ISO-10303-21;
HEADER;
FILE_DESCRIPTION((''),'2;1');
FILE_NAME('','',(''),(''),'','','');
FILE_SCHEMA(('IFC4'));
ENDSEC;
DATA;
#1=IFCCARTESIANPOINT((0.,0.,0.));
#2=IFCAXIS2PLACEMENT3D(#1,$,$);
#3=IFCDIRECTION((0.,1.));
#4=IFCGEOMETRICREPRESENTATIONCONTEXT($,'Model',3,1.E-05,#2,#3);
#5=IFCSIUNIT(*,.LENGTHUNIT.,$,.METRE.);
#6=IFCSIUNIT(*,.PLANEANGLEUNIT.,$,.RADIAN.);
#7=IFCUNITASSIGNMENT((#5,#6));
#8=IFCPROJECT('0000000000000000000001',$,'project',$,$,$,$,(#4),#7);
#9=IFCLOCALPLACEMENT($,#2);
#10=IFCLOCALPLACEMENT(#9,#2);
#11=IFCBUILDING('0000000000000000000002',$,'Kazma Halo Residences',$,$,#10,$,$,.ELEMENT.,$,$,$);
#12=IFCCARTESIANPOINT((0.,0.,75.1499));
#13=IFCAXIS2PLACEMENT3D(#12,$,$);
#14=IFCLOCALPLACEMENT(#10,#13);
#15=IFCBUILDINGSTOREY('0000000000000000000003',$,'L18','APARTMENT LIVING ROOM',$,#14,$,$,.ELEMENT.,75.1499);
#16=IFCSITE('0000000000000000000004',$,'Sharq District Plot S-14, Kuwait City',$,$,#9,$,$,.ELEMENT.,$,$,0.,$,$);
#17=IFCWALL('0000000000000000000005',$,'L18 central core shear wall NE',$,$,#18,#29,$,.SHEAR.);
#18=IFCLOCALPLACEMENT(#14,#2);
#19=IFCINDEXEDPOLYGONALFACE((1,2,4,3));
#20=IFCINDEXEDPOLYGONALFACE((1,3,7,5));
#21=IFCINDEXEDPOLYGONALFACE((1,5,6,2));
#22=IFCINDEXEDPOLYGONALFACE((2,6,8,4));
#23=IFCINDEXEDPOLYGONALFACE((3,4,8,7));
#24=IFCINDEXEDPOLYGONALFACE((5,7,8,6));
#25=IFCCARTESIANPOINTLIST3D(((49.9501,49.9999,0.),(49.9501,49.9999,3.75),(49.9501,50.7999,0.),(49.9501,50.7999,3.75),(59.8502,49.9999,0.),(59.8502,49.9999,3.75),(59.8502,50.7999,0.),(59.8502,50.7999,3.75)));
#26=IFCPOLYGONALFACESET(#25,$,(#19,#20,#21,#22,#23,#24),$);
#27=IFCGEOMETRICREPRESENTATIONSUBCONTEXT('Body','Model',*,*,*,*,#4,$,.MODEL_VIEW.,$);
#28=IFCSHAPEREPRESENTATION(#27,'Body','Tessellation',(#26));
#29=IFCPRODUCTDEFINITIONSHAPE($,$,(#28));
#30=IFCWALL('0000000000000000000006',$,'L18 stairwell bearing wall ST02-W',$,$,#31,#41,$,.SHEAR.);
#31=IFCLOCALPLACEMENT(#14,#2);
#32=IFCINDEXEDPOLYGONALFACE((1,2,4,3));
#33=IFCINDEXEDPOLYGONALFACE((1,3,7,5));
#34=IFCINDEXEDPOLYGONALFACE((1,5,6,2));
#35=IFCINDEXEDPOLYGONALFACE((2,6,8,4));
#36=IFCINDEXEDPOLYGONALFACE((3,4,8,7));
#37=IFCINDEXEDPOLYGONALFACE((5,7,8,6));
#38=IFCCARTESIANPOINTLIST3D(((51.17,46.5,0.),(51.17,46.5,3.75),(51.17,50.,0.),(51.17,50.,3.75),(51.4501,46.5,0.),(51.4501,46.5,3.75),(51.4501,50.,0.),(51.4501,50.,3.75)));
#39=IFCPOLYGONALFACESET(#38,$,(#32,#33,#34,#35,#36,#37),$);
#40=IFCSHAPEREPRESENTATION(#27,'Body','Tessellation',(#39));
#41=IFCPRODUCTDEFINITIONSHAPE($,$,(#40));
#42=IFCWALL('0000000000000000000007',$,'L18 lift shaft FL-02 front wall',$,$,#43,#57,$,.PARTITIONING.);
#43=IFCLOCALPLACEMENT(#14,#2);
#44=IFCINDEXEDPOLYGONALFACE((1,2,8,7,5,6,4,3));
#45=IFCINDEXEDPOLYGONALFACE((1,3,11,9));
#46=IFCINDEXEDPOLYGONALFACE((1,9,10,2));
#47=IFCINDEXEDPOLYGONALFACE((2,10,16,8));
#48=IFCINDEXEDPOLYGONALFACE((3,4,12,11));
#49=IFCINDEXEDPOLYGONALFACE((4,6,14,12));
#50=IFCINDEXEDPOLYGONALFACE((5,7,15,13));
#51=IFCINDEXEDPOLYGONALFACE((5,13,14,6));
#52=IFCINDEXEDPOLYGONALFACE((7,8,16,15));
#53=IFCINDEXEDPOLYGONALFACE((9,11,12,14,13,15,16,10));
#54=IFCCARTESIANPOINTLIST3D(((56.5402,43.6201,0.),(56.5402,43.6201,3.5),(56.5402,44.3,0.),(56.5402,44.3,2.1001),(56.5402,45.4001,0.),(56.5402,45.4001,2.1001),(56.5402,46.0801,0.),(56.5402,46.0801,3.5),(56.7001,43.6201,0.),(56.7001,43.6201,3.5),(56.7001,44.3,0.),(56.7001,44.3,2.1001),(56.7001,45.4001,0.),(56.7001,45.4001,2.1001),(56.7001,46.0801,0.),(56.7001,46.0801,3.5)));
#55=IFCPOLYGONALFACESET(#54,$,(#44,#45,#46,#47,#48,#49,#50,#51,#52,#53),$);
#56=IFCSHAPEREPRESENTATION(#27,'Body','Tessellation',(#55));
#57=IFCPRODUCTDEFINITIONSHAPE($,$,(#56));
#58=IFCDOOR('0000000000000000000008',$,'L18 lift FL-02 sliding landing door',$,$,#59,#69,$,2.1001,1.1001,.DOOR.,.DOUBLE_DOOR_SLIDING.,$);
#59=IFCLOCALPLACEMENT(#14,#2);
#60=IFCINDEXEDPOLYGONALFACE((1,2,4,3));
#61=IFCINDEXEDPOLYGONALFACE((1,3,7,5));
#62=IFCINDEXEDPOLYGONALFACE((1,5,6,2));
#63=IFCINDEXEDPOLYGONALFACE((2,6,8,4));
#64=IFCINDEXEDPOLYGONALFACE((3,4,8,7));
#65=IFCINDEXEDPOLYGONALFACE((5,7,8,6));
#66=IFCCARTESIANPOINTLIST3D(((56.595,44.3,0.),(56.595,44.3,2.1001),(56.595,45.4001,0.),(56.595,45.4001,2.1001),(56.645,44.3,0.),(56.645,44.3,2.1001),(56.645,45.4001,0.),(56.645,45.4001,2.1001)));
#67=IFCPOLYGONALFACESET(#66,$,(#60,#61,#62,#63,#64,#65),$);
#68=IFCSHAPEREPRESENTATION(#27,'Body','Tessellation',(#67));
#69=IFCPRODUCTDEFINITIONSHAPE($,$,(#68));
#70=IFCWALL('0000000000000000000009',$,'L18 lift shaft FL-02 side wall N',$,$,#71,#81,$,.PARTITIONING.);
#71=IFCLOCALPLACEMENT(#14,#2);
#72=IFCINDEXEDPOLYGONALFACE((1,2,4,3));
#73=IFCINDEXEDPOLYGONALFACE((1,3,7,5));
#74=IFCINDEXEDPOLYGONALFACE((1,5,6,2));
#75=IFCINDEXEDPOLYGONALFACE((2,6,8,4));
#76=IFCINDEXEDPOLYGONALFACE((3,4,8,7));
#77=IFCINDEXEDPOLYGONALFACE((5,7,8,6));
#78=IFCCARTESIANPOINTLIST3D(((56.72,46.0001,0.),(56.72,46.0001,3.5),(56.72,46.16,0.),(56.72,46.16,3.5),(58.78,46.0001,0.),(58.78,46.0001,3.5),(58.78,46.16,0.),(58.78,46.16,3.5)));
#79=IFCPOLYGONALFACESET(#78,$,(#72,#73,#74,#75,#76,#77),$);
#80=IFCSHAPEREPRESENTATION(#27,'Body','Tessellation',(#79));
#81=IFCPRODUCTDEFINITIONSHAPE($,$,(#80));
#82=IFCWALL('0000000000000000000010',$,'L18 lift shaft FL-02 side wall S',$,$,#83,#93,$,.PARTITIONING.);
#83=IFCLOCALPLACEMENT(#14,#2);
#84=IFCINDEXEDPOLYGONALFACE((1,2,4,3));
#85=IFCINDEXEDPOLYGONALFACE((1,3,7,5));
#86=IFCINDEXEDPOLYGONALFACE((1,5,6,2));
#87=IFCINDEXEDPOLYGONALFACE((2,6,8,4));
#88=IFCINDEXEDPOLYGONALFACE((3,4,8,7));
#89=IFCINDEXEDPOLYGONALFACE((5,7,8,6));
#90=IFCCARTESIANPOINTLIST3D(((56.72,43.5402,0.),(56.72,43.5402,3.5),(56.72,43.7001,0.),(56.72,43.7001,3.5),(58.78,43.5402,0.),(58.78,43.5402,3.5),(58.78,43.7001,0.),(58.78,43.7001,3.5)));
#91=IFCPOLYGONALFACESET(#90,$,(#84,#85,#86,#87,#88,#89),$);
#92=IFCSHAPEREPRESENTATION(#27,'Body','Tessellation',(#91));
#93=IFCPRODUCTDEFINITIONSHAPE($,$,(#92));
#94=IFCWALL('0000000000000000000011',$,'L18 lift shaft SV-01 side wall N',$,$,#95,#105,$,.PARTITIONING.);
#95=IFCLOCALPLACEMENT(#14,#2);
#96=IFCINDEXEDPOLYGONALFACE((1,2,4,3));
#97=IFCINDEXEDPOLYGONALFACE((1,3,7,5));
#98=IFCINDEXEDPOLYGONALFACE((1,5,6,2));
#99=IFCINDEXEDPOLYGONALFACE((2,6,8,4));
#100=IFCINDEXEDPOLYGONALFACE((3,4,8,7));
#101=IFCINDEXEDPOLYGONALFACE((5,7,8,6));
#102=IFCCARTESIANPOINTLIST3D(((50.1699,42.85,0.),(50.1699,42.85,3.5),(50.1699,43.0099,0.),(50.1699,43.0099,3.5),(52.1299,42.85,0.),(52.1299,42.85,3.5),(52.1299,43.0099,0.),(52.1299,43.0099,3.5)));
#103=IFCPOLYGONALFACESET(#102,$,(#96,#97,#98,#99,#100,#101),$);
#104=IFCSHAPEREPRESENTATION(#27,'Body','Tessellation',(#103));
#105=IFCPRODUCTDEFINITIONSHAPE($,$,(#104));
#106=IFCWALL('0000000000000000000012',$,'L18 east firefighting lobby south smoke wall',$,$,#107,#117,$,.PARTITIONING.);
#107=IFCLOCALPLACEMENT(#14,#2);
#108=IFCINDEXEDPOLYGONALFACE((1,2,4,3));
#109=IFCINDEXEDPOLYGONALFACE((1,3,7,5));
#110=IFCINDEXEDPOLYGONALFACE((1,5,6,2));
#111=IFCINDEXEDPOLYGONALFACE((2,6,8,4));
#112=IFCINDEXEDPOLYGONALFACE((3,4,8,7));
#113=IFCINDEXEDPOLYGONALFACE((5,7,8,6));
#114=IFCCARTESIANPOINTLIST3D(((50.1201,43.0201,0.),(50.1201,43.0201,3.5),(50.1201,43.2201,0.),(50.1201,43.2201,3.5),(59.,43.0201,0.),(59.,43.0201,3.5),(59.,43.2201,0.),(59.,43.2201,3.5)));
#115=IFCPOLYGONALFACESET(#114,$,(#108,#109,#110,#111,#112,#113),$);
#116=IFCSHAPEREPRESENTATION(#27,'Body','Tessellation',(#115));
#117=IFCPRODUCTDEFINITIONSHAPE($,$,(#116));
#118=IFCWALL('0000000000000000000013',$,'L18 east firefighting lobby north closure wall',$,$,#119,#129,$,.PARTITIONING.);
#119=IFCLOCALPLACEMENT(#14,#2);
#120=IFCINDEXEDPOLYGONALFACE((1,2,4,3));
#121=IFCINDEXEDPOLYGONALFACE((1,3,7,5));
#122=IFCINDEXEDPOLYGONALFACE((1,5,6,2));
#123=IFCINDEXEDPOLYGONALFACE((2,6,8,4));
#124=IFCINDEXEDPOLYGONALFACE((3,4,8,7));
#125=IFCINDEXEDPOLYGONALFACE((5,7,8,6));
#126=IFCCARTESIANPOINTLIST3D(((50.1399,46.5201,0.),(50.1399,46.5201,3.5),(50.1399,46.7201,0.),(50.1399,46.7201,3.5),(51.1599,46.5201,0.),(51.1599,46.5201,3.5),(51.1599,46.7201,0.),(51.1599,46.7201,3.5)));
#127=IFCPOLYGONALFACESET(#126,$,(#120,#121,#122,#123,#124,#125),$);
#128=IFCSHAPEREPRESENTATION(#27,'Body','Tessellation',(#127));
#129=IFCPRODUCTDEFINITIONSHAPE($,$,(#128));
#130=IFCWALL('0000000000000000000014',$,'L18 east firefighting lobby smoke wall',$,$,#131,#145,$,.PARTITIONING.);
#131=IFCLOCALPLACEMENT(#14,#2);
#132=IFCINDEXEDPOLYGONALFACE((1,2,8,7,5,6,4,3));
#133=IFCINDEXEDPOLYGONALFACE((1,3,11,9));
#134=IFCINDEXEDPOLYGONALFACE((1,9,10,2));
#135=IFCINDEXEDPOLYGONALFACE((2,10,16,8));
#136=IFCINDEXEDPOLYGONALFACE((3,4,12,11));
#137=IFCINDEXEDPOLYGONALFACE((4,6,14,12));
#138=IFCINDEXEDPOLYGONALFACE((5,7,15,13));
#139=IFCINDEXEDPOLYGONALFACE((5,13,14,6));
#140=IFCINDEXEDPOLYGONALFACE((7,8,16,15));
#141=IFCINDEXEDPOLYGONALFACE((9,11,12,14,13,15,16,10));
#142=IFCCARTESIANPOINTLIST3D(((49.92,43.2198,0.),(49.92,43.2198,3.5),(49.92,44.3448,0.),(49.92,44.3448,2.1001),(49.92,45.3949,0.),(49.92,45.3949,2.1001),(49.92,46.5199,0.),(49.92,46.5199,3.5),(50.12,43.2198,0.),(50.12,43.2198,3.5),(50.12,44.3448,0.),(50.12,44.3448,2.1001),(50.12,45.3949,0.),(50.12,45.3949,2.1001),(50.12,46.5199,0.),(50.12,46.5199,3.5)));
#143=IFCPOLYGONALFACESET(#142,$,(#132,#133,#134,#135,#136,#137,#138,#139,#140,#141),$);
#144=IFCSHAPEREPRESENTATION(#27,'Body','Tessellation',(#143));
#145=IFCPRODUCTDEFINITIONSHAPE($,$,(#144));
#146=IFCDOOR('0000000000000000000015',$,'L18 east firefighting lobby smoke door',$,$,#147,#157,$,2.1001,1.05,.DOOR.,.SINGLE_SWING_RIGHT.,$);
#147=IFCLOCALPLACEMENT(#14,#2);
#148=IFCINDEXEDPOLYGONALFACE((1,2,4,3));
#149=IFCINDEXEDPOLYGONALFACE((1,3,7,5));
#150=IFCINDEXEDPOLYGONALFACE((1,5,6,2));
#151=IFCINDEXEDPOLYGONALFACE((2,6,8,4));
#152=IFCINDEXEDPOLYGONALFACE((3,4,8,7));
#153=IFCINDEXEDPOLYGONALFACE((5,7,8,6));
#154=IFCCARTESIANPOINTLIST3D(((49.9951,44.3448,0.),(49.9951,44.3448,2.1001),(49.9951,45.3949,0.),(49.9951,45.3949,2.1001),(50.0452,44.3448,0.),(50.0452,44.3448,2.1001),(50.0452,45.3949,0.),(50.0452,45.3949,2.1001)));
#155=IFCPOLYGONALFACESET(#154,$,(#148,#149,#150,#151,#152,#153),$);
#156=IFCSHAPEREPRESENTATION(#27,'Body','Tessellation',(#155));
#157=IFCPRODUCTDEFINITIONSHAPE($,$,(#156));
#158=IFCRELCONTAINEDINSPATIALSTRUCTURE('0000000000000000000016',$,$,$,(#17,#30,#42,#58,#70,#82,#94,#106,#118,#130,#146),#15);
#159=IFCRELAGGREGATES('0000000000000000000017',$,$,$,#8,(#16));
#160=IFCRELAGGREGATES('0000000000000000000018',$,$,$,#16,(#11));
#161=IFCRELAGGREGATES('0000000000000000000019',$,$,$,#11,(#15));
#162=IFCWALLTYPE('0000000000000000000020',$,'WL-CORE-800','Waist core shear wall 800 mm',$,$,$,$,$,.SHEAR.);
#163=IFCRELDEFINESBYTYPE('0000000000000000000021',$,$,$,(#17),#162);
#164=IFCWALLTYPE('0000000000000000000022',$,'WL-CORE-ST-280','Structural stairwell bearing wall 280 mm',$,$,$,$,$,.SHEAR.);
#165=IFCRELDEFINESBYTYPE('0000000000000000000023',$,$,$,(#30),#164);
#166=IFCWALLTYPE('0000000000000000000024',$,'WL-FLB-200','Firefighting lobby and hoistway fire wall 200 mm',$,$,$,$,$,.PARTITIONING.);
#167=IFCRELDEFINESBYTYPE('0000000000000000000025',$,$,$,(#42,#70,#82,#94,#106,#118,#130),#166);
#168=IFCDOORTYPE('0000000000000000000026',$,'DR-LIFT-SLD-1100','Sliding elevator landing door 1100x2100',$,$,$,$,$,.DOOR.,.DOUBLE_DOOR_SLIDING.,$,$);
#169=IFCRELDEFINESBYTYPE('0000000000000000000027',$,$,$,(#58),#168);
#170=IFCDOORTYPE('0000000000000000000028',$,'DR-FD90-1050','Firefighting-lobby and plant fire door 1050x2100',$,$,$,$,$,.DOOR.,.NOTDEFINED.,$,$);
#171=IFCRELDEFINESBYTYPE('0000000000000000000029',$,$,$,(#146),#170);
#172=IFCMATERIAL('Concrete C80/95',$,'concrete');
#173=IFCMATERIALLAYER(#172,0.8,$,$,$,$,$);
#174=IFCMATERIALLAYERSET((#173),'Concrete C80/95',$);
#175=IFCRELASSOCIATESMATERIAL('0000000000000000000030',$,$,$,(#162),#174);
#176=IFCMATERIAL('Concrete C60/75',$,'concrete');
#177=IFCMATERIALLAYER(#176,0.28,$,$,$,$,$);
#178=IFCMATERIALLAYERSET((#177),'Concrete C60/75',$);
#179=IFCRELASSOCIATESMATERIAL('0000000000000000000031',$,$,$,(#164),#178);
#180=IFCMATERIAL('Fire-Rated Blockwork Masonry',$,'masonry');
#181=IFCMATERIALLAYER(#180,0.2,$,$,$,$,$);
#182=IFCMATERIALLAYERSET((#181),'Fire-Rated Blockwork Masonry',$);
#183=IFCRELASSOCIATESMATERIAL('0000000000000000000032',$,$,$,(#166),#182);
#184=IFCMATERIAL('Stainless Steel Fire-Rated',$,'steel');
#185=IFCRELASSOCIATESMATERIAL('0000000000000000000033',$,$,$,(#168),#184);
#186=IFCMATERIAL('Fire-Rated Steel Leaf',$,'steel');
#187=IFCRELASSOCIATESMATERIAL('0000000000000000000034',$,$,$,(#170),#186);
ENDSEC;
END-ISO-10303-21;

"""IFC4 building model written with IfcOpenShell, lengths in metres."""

from ifc_helpers import new_model, si_unit, direction, frame, frame_2d, origin, place, context, subcontext, project, spatial, rectangle, extrude, material, layer, layer_set, type_object, element, fill, save


model = new_model("IFC4")

# Units and contexts
model_context = context("Model", 3, precision=1e-05, world=origin(), true_north=direction((0.0, 1.0)))
body_context = subcontext(model_context, "Body", "Model", "MODEL_VIEW")
ifc_project = project(units=[si_unit("LENGTHUNIT", "METRE"), si_unit("PLANEANGLEUNIT", "RADIAN")], contexts=[model_context])

# Site, building, storey
site_placement = place(None, origin())
site = spatial("IfcSite", under=ifc_project, at=site_placement, Name="Sharq District Plot S-14, Kuwait City", CompositionType="ELEMENT", RefElevation=0.0)
building_placement = place(site_placement, origin())
building = spatial("IfcBuilding", under=site, at=building_placement, Name="Kazma Halo Residences", CompositionType="ELEMENT")
storey_placement = place(building_placement, frame((0.0, 0.0, 75.1499)))
storey = spatial("IfcBuildingStorey", under=building, at=storey_placement, Name="L18", Description="APARTMENT LIVING ROOM", CompositionType="ELEMENT", Elevation=75.1499)

# Walls
ifc_material_1 = material(Name="Concrete C80/95", Category="concrete")
ifc_layer_1 = layer(ifc_material_1, 0.8)
ifc_layer_set_1 = layer_set([ifc_layer_1], Name="Concrete C80/95")
wall_type_1 = type_object("IfcWallType", Name="WL-CORE-800", Description="Waist core shear wall 800 mm", PredefinedType="SHEAR", material=ifc_layer_set_1)
wall_1_placement = place(storey_placement, frame((49.95, 50.3999, 0.0), z_axis=(0.0, 0.0, 1.0), x_axis=(1.0, 0.0, 0.0)))
element("IfcWall", 1, at=wall_1_placement, inside=storey, type_object=wall_type_1, Name="L18 central core shear wall NE", PredefinedType="SHEAR", context=body_context, shape_type="SweptSolid", body=[
    extrude(rectangle(XDim=9.9001, YDim=0.8, at=frame_2d((4.9502, 0.0))), origin(), (0.0, 0.0, 1.0), 3.75),
])
ifc_material_2 = material(Name="Concrete C60/75", Category="concrete")
ifc_layer_2 = layer(ifc_material_2, 0.28)
ifc_layer_set_2 = layer_set([ifc_layer_2], Name="Concrete C60/75")
wall_type_2 = type_object("IfcWallType", Name="WL-CORE-ST-280", Description="Structural stairwell bearing wall 280 mm", PredefinedType="SHEAR", material=ifc_layer_set_2)
wall_2_placement = place(storey_placement, frame((51.3101, 46.5, 0.0), z_axis=(0.0, 0.0, 1.0), x_axis=(0.0, 1.0, 0.0)))
element("IfcWall", 2, at=wall_2_placement, inside=storey, type_object=wall_type_2, Name="L18 stairwell bearing wall ST02-W", PredefinedType="SHEAR", context=body_context, shape_type="SweptSolid", body=[
    extrude(rectangle(XDim=3.5, YDim=0.28, at=frame_2d((1.75, 0.0))), origin(), (0.0, 0.0, 1.0), 3.75),
])

# Wall, opening, door
ifc_material_3 = material(Name="Fire-Rated Blockwork Masonry", Category="masonry")
ifc_layer_3 = layer(ifc_material_3, 0.2)
ifc_layer_set_3 = layer_set([ifc_layer_3], Name="Fire-Rated Blockwork Masonry")
wall_type_3 = type_object("IfcWallType", Name="WL-FLB-200", Description="Firefighting lobby and hoistway fire wall 200 mm", PredefinedType="PARTITIONING", material=ifc_layer_set_3)
wall_3_placement = place(storey_placement, frame((56.6201, 46.0801, 0.0), z_axis=(0.0, 0.0, 1.0), x_axis=(0.0, -1.0, 0.0)))
wall_3 = element("IfcWall", 3, at=wall_3_placement, inside=storey, type_object=wall_type_3, Name="L18 lift shaft FL-02 front wall", PredefinedType="PARTITIONING", context=body_context, shape_type="SweptSolid", body=[
    extrude(rectangle(XDim=2.46, YDim=0.1599, at=frame_2d((1.23, 0.0))), origin(), (0.0, 0.0, 1.0), 3.5),
])
opening_1_placement = place(wall_3_placement, frame((0.6799, 0.0, 0.0)))
opening_1 = element("IfcOpeningElement", 4, at=opening_1_placement, cuts=wall_3, PredefinedType="OPENING", context=body_context, shape_type="SweptSolid", body=[
    extrude(rectangle(XDim=1.1001, YDim=2.1001, at=frame_2d((0.55, 1.05))), frame((0.0, 0.0898, 0.0), z_axis=(0.0, -1.0, 0.0), x_axis=(1.0, 0.0, 0.0)), (0.0, 0.0, 1.0), 0.1799),
])
ifc_material_4 = material(Name="Stainless Steel Fire-Rated", Category="steel")
door_type_1 = type_object("IfcDoorType", Name="DR-LIFT-SLD-1100", Description="Sliding elevator landing door 1100x2100", OperationType="DOUBLE_DOOR_SLIDING", PredefinedType="DOOR", material=ifc_material_4)
door_1_placement = place(opening_1_placement, origin())
door_1 = element("IfcDoor", 5, at=door_1_placement, inside=storey, type_object=door_type_1, Name="L18 lift FL-02 sliding landing door", OperationType="DOUBLE_DOOR_SLIDING", OverallHeight=2.1001, OverallWidth=1.1001, PredefinedType="DOOR", context=body_context, shape_type="SweptSolid", body=[
    extrude(rectangle(XDim=1.1001, YDim=2.1001, at=frame_2d((0.55, 1.05))), frame((0.0, 0.0249, 0.0), z_axis=(0.0, -1.0, 0.0), x_axis=(1.0, 0.0, 0.0)), (0.0, 0.0, 1.0), 0.05),
])
fill(opening_1, door_1)

# Walls
for number, where, z_axis, x_axis, name in (
    (6, (56.72, 46.0801, 0.0), (0.0, 0.0, 1.0), (1.0, 0.0, 0.0), "L18 lift shaft FL-02 side wall N"),
    (7, (56.72, 43.6201, 0.0), (0.0, 0.0, 1.0), (1.0, 0.0, 0.0), "L18 lift shaft FL-02 side wall S"),
):
    element("IfcWall", number, at=place(storey_placement, frame(where, z_axis=z_axis, x_axis=x_axis)), inside=storey, type_object=wall_type_3, Name=name, PredefinedType="PARTITIONING", context=body_context, shape_type="SweptSolid", body=[
        extrude(rectangle(XDim=2.0601, YDim=0.1599, at=frame_2d((1.03, 0.0))), origin(), (0.0, 0.0, 1.0), 3.5),
    ])
wall_4_placement = place(storey_placement, frame((50.1699, 42.9299, 0.0), z_axis=(0.0, 0.0, 1.0), x_axis=(1.0, 0.0, 0.0)))
element("IfcWall", 8, at=wall_4_placement, inside=storey, type_object=wall_type_3, Name="L18 lift shaft SV-01 side wall N", PredefinedType="PARTITIONING", context=body_context, shape_type="SweptSolid", body=[
    extrude(rectangle(XDim=1.96, YDim=0.1599, at=frame_2d((0.98, 0.0))), origin(), (0.0, 0.0, 1.0), 3.5),
])
wall_5_placement = place(storey_placement, frame((50.1201, 43.1201, 0.0), z_axis=(0.0, 0.0, 1.0), x_axis=(1.0, 0.0, 0.0)))
element("IfcWall", 9, at=wall_5_placement, inside=storey, type_object=wall_type_3, Name="L18 east firefighting lobby south smoke wall", PredefinedType="PARTITIONING", context=body_context, shape_type="SweptSolid", body=[
    extrude(rectangle(XDim=8.8799, YDim=0.2, at=frame_2d((4.4399, 0.0))), origin(), (0.0, 0.0, 1.0), 3.5),
])
wall_6_placement = place(storey_placement, frame((50.1399, 46.6201, 0.0), z_axis=(0.0, 0.0, 1.0), x_axis=(1.0, 0.0, 0.0)))
element("IfcWall", 10, at=wall_6_placement, inside=storey, type_object=wall_type_3, Name="L18 east firefighting lobby north closure wall", PredefinedType="PARTITIONING", context=body_context, shape_type="SweptSolid", body=[
    extrude(rectangle(XDim=1.02, YDim=0.2, at=frame_2d((0.51, 0.0))), origin(), (0.0, 0.0, 1.0), 3.5),
])

# Wall, opening, door
wall_7_placement = place(storey_placement, frame((50.02, 43.22, 0.0), z_axis=(0.0, 0.0, 1.0), x_axis=(0.0, 1.0, 0.0)))
wall_7 = element("IfcWall", 11, at=wall_7_placement, inside=storey, type_object=wall_type_3, Name="L18 east firefighting lobby smoke wall", PredefinedType="PARTITIONING", context=body_context, shape_type="SweptSolid", body=[
    extrude(rectangle(XDim=3.3, YDim=0.2, at=frame_2d((1.6499, 0.0))), origin(), (0.0, 0.0, 1.0), 3.5),
])
opening_2_placement = place(wall_7_placement, frame((1.125, 0.0, 0.0)))
opening_2 = element("IfcOpeningElement", 12, at=opening_2_placement, cuts=wall_7, PredefinedType="OPENING", context=body_context, shape_type="SweptSolid", body=[
    extrude(rectangle(XDim=1.05, YDim=2.1001, at=frame_2d((0.5249, 1.05))), frame((0.0, 0.1099, 0.0), z_axis=(0.0, -1.0, 0.0), x_axis=(1.0, 0.0, 0.0)), (0.0, 0.0, 1.0), 0.22),
])
ifc_material_5 = material(Name="Fire-Rated Steel Leaf", Category="steel")
door_type_2 = type_object("IfcDoorType", Name="DR-FD90-1050", Description="Firefighting-lobby and plant fire door 1050x2100", OperationType="NOTDEFINED", PredefinedType="DOOR", material=ifc_material_5)
door_2_placement = place(opening_2_placement, origin())
door_2 = element("IfcDoor", 13, at=door_2_placement, inside=storey, type_object=door_type_2, Name="L18 east firefighting lobby smoke door", OperationType="SINGLE_SWING_RIGHT", OverallHeight=2.1001, OverallWidth=1.05, PredefinedType="DOOR", context=body_context, shape_type="SweptSolid", body=[
    extrude(rectangle(XDim=1.05, YDim=2.1001, at=frame_2d((0.5249, 1.05))), frame((0.0, 0.0249, 0.0), z_axis=(0.0, -1.0, 0.0), x_axis=(1.0, 0.0, 0.0)), (0.0, 0.0, 1.0), 0.05),
])
fill(opening_2, door_2)

save(model, "model.ifc")
